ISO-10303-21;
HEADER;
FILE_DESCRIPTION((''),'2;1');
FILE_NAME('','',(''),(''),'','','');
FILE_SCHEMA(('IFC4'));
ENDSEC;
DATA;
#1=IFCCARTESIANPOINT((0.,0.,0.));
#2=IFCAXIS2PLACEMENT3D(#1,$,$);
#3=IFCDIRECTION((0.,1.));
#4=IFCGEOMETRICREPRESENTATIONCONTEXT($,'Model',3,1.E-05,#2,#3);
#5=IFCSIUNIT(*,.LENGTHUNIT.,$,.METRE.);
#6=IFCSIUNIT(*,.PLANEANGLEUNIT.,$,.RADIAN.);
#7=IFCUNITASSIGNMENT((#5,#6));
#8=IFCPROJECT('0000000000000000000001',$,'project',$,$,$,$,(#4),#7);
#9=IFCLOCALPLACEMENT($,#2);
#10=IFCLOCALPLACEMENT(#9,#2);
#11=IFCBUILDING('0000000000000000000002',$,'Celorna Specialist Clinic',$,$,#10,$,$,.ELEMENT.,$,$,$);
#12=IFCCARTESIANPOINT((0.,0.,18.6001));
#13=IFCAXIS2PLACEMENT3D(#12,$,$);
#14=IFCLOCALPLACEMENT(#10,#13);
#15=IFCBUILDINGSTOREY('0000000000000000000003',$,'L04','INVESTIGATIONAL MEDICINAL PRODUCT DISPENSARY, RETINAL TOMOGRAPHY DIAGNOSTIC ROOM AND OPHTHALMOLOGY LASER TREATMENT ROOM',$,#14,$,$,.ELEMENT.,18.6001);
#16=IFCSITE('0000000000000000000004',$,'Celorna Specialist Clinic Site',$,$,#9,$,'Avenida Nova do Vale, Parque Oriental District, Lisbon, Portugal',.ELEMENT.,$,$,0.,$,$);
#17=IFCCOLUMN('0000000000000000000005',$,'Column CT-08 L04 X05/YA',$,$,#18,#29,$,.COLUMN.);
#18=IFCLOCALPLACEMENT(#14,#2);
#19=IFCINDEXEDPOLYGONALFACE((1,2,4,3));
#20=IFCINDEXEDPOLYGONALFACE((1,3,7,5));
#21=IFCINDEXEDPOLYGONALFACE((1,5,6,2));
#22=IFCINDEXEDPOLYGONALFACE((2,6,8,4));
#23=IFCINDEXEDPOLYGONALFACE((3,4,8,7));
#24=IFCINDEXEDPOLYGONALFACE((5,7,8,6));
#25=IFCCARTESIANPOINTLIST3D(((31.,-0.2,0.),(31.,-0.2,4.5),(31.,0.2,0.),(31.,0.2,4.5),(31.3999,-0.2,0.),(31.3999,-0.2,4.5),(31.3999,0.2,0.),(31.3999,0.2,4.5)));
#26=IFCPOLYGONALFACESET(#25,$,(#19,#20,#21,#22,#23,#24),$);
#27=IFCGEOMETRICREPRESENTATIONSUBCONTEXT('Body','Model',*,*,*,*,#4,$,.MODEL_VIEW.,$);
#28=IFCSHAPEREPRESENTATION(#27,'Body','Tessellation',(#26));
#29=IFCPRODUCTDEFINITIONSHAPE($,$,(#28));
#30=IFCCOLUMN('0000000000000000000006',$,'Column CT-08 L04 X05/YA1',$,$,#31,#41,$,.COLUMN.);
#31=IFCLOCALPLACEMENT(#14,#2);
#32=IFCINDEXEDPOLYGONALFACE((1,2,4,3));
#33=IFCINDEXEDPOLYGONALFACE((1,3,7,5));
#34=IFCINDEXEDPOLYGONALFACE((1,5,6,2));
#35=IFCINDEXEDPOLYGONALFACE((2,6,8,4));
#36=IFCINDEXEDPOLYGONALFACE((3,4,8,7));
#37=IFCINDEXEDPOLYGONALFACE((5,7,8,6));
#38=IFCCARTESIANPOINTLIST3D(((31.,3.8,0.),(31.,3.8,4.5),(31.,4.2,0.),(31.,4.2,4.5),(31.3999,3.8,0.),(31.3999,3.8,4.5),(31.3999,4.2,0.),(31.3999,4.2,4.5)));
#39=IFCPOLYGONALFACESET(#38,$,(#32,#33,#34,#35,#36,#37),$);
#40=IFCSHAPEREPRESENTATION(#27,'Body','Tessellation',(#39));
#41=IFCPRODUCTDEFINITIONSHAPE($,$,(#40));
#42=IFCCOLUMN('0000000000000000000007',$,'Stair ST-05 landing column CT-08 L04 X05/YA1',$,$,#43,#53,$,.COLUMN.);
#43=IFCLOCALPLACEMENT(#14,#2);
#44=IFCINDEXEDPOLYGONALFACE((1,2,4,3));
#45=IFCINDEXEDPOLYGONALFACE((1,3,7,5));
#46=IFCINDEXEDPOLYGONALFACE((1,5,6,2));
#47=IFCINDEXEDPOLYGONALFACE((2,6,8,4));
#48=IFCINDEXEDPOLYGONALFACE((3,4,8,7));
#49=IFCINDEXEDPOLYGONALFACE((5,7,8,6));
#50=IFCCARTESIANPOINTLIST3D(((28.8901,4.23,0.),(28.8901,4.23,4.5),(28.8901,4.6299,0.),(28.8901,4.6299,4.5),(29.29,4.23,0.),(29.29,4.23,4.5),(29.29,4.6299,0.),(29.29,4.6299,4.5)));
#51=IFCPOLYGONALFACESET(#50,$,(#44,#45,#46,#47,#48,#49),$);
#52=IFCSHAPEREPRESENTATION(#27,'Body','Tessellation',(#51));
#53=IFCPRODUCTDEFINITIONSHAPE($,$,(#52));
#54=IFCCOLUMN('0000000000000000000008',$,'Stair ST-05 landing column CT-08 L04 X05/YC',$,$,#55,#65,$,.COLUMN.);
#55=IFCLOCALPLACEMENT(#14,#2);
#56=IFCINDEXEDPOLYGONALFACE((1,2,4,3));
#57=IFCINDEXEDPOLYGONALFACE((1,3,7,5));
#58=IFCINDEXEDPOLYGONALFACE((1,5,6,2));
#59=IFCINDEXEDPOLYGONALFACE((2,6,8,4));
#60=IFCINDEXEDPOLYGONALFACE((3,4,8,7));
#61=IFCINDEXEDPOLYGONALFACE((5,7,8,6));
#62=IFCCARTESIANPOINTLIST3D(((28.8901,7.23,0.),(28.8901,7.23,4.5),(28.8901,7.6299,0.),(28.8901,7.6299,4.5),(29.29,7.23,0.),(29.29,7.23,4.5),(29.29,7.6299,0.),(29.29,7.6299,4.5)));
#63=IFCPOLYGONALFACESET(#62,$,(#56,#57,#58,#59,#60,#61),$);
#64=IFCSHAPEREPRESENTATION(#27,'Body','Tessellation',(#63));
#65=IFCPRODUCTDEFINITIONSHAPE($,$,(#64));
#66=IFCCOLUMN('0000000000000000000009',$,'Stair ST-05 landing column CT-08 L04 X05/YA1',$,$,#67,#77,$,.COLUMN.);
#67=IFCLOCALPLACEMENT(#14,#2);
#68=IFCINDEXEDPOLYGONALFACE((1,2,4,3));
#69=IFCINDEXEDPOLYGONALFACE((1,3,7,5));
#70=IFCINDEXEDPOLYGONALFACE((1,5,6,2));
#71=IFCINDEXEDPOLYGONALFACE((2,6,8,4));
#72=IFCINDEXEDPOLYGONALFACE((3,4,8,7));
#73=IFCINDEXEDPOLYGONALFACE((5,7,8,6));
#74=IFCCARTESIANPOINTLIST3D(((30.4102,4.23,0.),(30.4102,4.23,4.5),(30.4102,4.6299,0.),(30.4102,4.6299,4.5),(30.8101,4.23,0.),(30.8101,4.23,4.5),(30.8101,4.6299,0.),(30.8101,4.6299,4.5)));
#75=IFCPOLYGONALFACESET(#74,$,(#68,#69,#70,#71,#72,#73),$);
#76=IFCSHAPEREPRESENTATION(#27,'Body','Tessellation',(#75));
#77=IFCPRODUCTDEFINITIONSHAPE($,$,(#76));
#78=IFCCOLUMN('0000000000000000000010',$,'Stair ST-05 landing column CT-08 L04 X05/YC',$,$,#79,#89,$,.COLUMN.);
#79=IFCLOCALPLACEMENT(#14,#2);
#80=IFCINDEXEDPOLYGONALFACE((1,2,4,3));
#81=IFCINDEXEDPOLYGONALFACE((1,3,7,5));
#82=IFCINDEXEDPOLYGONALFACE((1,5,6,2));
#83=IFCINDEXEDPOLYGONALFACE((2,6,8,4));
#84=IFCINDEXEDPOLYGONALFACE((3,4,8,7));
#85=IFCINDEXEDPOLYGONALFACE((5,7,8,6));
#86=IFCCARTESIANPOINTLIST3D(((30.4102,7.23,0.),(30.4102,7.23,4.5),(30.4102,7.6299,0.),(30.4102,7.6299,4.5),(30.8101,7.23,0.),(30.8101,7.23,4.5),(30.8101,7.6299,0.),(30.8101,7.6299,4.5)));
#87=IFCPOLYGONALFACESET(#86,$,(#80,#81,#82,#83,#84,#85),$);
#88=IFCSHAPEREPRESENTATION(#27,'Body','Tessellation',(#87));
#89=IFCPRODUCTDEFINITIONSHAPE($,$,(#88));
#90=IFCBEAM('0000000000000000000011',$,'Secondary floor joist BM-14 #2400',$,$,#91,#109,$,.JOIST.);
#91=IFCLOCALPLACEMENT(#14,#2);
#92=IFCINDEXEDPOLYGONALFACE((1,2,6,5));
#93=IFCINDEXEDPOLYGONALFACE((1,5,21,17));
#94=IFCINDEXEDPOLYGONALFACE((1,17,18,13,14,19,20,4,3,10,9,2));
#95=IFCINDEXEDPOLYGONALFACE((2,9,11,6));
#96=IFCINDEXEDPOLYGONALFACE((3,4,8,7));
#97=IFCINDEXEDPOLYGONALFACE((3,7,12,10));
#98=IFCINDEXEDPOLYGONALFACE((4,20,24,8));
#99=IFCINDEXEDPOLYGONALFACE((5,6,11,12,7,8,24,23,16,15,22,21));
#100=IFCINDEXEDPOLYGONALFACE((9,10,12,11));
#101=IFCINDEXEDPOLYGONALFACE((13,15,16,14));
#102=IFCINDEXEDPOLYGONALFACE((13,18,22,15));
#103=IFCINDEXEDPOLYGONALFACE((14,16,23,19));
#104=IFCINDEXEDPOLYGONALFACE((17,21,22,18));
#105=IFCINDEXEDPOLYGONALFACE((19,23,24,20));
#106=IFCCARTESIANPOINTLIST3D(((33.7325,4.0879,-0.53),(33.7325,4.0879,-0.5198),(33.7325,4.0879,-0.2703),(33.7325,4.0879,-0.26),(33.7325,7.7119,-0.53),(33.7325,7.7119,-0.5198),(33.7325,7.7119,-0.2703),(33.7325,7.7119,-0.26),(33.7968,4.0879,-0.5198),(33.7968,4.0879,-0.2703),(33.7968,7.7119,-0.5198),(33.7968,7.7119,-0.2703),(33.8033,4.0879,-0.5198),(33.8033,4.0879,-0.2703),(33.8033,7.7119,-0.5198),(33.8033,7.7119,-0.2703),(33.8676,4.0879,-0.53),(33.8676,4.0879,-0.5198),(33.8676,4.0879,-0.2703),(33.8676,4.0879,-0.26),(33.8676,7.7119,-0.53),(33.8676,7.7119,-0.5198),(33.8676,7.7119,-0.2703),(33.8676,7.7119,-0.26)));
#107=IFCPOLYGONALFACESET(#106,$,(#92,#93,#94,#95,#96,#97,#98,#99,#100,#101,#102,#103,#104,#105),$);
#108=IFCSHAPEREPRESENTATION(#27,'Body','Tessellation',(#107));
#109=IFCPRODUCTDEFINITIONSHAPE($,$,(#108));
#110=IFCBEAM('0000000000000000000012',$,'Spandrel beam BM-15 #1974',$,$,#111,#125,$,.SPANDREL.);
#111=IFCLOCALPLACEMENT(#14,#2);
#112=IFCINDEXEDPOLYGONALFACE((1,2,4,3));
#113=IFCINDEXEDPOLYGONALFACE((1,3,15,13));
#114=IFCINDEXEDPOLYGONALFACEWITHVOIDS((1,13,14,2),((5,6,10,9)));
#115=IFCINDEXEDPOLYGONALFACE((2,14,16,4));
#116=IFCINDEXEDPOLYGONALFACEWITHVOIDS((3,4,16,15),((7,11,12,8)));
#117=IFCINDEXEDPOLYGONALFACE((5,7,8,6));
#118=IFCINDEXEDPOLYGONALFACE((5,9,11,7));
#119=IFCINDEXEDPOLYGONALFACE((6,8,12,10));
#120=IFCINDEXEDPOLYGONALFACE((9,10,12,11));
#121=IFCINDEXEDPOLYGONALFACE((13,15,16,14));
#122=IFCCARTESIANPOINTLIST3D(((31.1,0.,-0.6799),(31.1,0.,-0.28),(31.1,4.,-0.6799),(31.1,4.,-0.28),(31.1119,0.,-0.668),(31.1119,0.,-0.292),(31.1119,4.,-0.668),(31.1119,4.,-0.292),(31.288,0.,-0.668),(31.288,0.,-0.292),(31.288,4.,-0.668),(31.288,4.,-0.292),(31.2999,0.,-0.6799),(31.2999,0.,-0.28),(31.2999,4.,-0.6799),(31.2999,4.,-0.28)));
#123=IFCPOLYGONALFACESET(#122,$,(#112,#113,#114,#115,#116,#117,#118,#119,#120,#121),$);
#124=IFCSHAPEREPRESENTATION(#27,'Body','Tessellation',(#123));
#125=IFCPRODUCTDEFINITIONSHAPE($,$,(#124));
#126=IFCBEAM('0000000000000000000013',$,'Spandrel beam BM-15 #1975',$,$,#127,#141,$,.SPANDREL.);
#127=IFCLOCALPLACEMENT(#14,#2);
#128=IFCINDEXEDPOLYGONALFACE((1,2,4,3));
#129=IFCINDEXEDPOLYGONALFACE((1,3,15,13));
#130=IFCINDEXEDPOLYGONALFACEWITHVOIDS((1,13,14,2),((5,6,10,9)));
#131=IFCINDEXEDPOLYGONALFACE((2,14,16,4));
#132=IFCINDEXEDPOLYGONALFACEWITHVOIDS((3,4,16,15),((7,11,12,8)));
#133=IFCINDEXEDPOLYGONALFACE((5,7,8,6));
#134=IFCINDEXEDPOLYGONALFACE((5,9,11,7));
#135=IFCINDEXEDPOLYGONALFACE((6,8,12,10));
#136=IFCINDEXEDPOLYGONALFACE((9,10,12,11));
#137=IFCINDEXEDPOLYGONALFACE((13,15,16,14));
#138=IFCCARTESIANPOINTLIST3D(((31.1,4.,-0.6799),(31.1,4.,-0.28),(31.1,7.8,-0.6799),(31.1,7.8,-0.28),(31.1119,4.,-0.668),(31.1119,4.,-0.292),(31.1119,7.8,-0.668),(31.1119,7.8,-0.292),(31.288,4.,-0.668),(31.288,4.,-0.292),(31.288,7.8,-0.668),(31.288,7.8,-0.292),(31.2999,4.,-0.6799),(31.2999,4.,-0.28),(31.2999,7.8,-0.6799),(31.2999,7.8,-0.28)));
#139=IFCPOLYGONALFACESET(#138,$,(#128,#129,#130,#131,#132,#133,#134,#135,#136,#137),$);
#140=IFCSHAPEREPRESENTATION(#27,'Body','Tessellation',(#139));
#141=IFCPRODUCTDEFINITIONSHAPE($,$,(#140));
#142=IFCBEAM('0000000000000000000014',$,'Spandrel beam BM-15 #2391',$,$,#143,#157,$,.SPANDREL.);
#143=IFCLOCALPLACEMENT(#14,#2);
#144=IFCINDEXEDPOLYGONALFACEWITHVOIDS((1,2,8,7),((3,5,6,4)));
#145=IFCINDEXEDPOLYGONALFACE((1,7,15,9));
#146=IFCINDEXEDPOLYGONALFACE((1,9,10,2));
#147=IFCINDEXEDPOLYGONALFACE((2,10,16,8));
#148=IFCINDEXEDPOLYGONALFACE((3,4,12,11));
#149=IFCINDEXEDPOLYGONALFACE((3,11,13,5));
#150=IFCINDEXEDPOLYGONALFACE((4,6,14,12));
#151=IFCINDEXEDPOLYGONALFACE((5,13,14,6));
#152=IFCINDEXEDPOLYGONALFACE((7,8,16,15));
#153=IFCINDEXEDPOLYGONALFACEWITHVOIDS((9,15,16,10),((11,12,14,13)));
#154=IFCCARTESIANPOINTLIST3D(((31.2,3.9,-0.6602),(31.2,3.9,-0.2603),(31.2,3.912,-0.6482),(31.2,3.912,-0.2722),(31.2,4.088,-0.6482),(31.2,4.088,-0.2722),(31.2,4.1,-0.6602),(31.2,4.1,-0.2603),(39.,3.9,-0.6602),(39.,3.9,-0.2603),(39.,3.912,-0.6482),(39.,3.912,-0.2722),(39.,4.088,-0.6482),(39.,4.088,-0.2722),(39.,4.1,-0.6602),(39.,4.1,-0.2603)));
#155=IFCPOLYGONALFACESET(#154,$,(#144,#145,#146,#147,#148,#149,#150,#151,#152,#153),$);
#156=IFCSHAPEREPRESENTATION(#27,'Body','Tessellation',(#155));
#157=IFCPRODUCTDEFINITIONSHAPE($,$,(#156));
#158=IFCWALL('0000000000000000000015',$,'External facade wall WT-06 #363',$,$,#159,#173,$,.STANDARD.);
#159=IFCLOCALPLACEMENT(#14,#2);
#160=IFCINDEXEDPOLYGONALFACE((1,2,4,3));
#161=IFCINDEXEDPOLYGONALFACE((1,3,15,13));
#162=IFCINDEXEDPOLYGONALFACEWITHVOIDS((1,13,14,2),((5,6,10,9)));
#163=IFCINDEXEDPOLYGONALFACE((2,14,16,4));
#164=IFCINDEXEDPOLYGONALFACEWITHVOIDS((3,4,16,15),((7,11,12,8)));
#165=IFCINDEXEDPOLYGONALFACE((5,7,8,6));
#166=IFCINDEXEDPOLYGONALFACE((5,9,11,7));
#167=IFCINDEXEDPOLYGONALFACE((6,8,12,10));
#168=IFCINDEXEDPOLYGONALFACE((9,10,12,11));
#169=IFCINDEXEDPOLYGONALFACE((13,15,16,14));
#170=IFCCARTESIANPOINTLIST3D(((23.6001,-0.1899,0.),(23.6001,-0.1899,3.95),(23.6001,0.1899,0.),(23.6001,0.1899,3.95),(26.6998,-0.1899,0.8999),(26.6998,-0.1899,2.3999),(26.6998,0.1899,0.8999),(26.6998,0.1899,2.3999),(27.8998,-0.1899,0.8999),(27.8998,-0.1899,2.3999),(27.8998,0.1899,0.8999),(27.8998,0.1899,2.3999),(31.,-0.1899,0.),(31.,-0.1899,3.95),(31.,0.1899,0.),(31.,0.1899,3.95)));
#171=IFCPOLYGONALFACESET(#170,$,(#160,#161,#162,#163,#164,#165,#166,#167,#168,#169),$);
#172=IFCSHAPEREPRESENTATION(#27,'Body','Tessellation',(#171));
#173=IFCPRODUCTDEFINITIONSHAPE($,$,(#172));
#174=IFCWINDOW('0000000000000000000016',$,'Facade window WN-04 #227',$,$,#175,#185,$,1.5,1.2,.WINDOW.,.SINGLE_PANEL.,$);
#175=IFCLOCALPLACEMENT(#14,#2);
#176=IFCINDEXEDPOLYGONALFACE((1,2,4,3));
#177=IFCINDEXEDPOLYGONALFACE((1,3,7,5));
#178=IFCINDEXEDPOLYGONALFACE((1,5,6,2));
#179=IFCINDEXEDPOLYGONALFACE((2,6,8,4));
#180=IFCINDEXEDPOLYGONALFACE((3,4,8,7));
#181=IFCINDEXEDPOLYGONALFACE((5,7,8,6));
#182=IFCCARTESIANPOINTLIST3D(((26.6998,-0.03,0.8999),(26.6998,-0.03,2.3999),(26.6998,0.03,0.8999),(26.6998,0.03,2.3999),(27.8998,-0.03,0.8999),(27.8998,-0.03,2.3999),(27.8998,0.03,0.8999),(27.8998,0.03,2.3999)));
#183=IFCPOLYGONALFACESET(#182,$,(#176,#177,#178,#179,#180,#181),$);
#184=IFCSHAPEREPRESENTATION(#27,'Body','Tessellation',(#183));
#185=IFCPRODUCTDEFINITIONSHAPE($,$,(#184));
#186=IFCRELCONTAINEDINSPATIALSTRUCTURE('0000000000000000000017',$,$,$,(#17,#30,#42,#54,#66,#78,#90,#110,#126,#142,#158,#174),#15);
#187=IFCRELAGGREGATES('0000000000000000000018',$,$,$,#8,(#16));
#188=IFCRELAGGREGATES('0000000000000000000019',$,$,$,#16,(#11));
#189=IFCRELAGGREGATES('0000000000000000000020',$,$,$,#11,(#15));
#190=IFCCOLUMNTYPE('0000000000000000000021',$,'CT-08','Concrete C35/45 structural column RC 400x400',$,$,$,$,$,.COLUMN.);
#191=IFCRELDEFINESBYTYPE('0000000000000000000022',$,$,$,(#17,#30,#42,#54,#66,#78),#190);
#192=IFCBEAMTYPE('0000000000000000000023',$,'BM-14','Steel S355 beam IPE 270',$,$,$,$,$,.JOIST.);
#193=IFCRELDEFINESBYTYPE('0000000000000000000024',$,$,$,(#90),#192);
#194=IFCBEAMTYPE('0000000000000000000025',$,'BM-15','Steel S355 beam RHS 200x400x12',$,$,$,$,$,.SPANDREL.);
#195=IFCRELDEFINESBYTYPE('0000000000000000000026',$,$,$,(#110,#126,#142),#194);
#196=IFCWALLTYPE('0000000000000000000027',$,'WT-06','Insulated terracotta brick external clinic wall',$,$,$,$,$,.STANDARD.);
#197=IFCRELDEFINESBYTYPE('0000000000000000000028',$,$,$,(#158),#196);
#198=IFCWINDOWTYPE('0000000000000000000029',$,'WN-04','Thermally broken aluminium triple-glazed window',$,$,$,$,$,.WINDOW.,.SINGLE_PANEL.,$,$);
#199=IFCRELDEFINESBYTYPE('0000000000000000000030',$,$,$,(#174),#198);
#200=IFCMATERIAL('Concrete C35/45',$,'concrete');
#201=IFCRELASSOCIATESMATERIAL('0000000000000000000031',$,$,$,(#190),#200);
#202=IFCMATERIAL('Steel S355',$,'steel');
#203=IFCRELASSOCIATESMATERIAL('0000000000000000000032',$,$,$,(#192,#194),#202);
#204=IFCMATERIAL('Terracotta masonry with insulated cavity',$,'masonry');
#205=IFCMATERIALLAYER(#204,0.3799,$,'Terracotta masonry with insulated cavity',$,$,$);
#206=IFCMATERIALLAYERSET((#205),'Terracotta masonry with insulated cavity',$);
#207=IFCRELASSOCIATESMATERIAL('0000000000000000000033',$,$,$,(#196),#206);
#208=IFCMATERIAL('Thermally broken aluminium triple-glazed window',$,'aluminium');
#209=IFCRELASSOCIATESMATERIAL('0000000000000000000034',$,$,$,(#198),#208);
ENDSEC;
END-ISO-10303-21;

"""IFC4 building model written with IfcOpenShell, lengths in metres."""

from ifc_helpers import new_model, si_unit, direction, frame, frame_2d, origin, origin_2d, place, context, subcontext, project, spatial, rectangle, hollow_rectangle, i_section, extrude, material, layer, layer_set, material_profile, profile_set, type_object, element, fill, save


model = new_model("IFC4")

# Units and contexts
model_context = context("Model", 3, precision=1e-05, world=origin(), true_north=direction((0.0, 1.0)))
body_context = subcontext(model_context, "Body", "Model", "MODEL_VIEW")
ifc_project = project(units=[si_unit("LENGTHUNIT", "METRE"), si_unit("PLANEANGLEUNIT", "RADIAN")], contexts=[model_context])

# Site, building, storey
site_placement = place(None, origin())
site = spatial("IfcSite", under=ifc_project, at=site_placement, Name="Celorna Specialist Clinic Site", LongName="Avenida Nova do Vale, Parque Oriental District, Lisbon, Portugal", CompositionType="ELEMENT", RefElevation=0.0)
building_placement = place(site_placement, origin())
building = spatial("IfcBuilding", under=site, at=building_placement, Name="Celorna Specialist Clinic", CompositionType="ELEMENT")
storey_placement = place(building_placement, frame((0.0, 0.0, 18.6001)))
storey = spatial("IfcBuildingStorey", under=building, at=storey_placement, Name="L04", Description="INVESTIGATIONAL MEDICINAL PRODUCT DISPENSARY, RETINAL TOMOGRAPHY DIAGNOSTIC ROOM AND OPHTHALMOLOGY LASER TREATMENT ROOM", CompositionType="ELEMENT", Elevation=18.6001)

# Columns
ifc_material_1 = material(Name="Concrete C35/45", Category="concrete")
ifc_material_profile_1 = material_profile(ifc_material_1, rectangle(XDim=0.3999, YDim=0.3999, at=origin_2d()), Name="RC 400x400")
ifc_profile_set_1 = profile_set([ifc_material_profile_1], Name="Concrete C35/45")
column_type = type_object("IfcColumnType", Name="CT-08", Description="Concrete C35/45 structural column RC 400x400", PredefinedType="COLUMN", material=ifc_profile_set_1)
for number, where, z_axis, x_axis, name in (
    (1, (31.2, 0.0, 0.0), (0.0, 0.0, 1.0), (1.0, 0.0, 0.0), "Column CT-08 L04 X05/YA"),
    (2, (31.2, 4.0, 0.0), (0.0, 0.0, 1.0), (1.0, 0.0, 0.0), "Column CT-08 L04 X05/YA1"),
    (3, (29.0901, 4.4299, 0.0), (0.0, 0.0, 1.0), (1.0, 0.0, 0.0), "Stair ST-05 landing column CT-08 L04 X05/YA1"),
    (4, (29.0901, 7.4299, 0.0), (0.0, 0.0, 1.0), (1.0, 0.0, 0.0), "Stair ST-05 landing column CT-08 L04 X05/YC"),
    (5, (30.6101, 4.4299, 0.0), (0.0, 0.0, 1.0), (1.0, 0.0, 0.0), "Stair ST-05 landing column CT-08 L04 X05/YA1"),
    (6, (30.6101, 7.4299, 0.0), (0.0, 0.0, 1.0), (1.0, 0.0, 0.0), "Stair ST-05 landing column CT-08 L04 X05/YC"),
):
    element("IfcColumn", number, at=place(storey_placement, frame(where, z_axis=z_axis, x_axis=x_axis)), inside=storey, type_object=column_type, Name=name, PredefinedType="COLUMN", context=body_context, shape_type="SweptSolid", body=[
        extrude(rectangle(XDim=0.3999, YDim=0.3999, at=origin_2d()), origin(), (0.0, 0.0, 1.0), 4.5),
    ])

# Beams
ifc_material_2 = material(Name="Steel S355", Category="steel")
ifc_material_profile_2 = material_profile(ifc_material_2, i_section(OverallWidth=0.135, OverallDepth=0.27, WebThickness=0.0066, FlangeThickness=0.0103, at=origin_2d()), Name="IPE 270")
ifc_profile_set_2 = profile_set([ifc_material_profile_2], Name="Steel S355")
beam_type_1 = type_object("IfcBeamType", Name="BM-14", Description="Steel S355 beam IPE 270", PredefinedType="JOIST", material=ifc_profile_set_2)
beam_1_placement = place(storey_placement, frame((33.8, 4.0879, -0.395), z_axis=(0.0, 1.0, 0.0), x_axis=(-1.0, 0.0, 0.0)))
element("IfcBeam", 7, at=beam_1_placement, inside=storey, type_object=beam_type_1, Name="Secondary floor joist BM-14 #2400", PredefinedType="JOIST", context=body_context, shape_type="SweptSolid", body=[
    extrude(i_section(OverallWidth=0.135, OverallDepth=0.27, WebThickness=0.0066, FlangeThickness=0.0103, at=origin_2d()), origin(), (0.0, 0.0, 1.0), 3.624),
])
ifc_material_profile_3 = material_profile(ifc_material_2, hollow_rectangle(XDim=0.2, YDim=0.3999, WallThickness=0.012, at=origin_2d()), Name="RHS 200x400x12")
ifc_profile_set_3 = profile_set([ifc_material_profile_3], Name="Steel S355")
beam_type_2 = type_object("IfcBeamType", Name="BM-15", Description="Steel S355 beam RHS 200x400x12", PredefinedType="SPANDREL", material=ifc_profile_set_3)
beam_2_placement = place(storey_placement, frame((31.2, 0.0, -0.48), z_axis=(0.0, 1.0, 0.0), x_axis=(-1.0, 0.0, 0.0)))
element("IfcBeam", 8, at=beam_2_placement, inside=storey, type_object=beam_type_2, Name="Spandrel beam BM-15 #1974", PredefinedType="SPANDREL", context=body_context, shape_type="SweptSolid", body=[
    extrude(hollow_rectangle(XDim=0.2, YDim=0.3999, WallThickness=0.012, at=origin_2d()), origin(), (0.0, 0.0, 1.0), 4.0),
])
beam_3_placement = place(storey_placement, frame((31.2, 4.0, -0.48), z_axis=(0.0, 1.0, 0.0), x_axis=(-1.0, 0.0, 0.0)))
element("IfcBeam", 9, at=beam_3_placement, inside=storey, type_object=beam_type_2, Name="Spandrel beam BM-15 #1975", PredefinedType="SPANDREL", context=body_context, shape_type="SweptSolid", body=[
    extrude(hollow_rectangle(XDim=0.2, YDim=0.3999, WallThickness=0.012, at=origin_2d()), origin(), (0.0, 0.0, 1.0), 3.8),
])
beam_4_placement = place(storey_placement, frame((31.2, 4.0, -0.4602), z_axis=(1.0, 0.0, 0.0), x_axis=(0.0, 1.0, 0.0)))
element("IfcBeam", 10, at=beam_4_placement, inside=storey, type_object=beam_type_2, Name="Spandrel beam BM-15 #2391", PredefinedType="SPANDREL", context=body_context, shape_type="SweptSolid", body=[
    extrude(hollow_rectangle(XDim=0.2, YDim=0.3999, WallThickness=0.012, at=origin_2d()), origin(), (0.0, 0.0, 1.0), 7.8),
])

# Wall, opening, window
ifc_material_3 = material(Name="Terracotta masonry with insulated cavity", Category="masonry")
ifc_layer_1 = layer(ifc_material_3, 0.3799, Name="Terracotta masonry with insulated cavity")
ifc_layer_set_1 = layer_set([ifc_layer_1], Name="Terracotta masonry with insulated cavity")
wall_type = type_object("IfcWallType", Name="WT-06", Description="Insulated terracotta brick external clinic wall", PredefinedType="STANDARD", material=ifc_layer_set_1)
wall_1_placement = place(storey_placement, frame((31.0, 0.0, 0.0), z_axis=(0.0, 0.0, 1.0), x_axis=(-1.0, 0.0, 0.0)))
wall_1 = element("IfcWall", 11, at=wall_1_placement, inside=storey, type_object=wall_type, Name="External facade wall WT-06 #363", PredefinedType="STANDARD", context=body_context, shape_type="SweptSolid", body=[
    extrude(rectangle(XDim=7.3999, YDim=0.3799, at=frame_2d((3.7, 0.0))), origin(), (0.0, 0.0, 1.0), 3.95),
])
opening_1_placement = place(wall_1_placement, frame((3.1001, 0.0, 0.8999)))
opening_1 = element("IfcOpeningElement", 12, at=opening_1_placement, cuts=wall_1, PredefinedType="OPENING", context=body_context, shape_type="SweptSolid", body=[
    extrude(rectangle(XDim=1.2, YDim=1.5, at=frame_2d((0.6001, 0.75))), frame((0.0, 0.2, 0.0), z_axis=(0.0, -1.0, 0.0), x_axis=(1.0, 0.0, 0.0)), (0.0, 0.0, 1.0), 0.3999),
])
ifc_material_4 = material(Name="Thermally broken aluminium triple-glazed window", Category="aluminium")
window_type_1 = type_object("IfcWindowType", Name="WN-04", Description="Thermally broken aluminium triple-glazed window", PartitioningType="SINGLE_PANEL", PredefinedType="WINDOW", material=ifc_material_4)
window_1_placement = place(opening_1_placement, origin())
window_1 = element("IfcWindow", 13, at=window_1_placement, inside=storey, type_object=window_type_1, Name="Facade window WN-04 #227", OverallHeight=1.5, OverallWidth=1.2, PartitioningType="SINGLE_PANEL", PredefinedType="WINDOW", context=body_context, shape_type="SweptSolid", body=[
    extrude(rectangle(XDim=1.2, YDim=1.5, at=frame_2d((0.6001, 0.75))), frame((0.0, 0.03, 0.0), z_axis=(0.0, -1.0, 0.0), x_axis=(1.0, 0.0, 0.0)), (0.0, 0.0, 1.0), 0.0601),
])
fill(opening_1, window_1)

save(model, "model.ifc")
